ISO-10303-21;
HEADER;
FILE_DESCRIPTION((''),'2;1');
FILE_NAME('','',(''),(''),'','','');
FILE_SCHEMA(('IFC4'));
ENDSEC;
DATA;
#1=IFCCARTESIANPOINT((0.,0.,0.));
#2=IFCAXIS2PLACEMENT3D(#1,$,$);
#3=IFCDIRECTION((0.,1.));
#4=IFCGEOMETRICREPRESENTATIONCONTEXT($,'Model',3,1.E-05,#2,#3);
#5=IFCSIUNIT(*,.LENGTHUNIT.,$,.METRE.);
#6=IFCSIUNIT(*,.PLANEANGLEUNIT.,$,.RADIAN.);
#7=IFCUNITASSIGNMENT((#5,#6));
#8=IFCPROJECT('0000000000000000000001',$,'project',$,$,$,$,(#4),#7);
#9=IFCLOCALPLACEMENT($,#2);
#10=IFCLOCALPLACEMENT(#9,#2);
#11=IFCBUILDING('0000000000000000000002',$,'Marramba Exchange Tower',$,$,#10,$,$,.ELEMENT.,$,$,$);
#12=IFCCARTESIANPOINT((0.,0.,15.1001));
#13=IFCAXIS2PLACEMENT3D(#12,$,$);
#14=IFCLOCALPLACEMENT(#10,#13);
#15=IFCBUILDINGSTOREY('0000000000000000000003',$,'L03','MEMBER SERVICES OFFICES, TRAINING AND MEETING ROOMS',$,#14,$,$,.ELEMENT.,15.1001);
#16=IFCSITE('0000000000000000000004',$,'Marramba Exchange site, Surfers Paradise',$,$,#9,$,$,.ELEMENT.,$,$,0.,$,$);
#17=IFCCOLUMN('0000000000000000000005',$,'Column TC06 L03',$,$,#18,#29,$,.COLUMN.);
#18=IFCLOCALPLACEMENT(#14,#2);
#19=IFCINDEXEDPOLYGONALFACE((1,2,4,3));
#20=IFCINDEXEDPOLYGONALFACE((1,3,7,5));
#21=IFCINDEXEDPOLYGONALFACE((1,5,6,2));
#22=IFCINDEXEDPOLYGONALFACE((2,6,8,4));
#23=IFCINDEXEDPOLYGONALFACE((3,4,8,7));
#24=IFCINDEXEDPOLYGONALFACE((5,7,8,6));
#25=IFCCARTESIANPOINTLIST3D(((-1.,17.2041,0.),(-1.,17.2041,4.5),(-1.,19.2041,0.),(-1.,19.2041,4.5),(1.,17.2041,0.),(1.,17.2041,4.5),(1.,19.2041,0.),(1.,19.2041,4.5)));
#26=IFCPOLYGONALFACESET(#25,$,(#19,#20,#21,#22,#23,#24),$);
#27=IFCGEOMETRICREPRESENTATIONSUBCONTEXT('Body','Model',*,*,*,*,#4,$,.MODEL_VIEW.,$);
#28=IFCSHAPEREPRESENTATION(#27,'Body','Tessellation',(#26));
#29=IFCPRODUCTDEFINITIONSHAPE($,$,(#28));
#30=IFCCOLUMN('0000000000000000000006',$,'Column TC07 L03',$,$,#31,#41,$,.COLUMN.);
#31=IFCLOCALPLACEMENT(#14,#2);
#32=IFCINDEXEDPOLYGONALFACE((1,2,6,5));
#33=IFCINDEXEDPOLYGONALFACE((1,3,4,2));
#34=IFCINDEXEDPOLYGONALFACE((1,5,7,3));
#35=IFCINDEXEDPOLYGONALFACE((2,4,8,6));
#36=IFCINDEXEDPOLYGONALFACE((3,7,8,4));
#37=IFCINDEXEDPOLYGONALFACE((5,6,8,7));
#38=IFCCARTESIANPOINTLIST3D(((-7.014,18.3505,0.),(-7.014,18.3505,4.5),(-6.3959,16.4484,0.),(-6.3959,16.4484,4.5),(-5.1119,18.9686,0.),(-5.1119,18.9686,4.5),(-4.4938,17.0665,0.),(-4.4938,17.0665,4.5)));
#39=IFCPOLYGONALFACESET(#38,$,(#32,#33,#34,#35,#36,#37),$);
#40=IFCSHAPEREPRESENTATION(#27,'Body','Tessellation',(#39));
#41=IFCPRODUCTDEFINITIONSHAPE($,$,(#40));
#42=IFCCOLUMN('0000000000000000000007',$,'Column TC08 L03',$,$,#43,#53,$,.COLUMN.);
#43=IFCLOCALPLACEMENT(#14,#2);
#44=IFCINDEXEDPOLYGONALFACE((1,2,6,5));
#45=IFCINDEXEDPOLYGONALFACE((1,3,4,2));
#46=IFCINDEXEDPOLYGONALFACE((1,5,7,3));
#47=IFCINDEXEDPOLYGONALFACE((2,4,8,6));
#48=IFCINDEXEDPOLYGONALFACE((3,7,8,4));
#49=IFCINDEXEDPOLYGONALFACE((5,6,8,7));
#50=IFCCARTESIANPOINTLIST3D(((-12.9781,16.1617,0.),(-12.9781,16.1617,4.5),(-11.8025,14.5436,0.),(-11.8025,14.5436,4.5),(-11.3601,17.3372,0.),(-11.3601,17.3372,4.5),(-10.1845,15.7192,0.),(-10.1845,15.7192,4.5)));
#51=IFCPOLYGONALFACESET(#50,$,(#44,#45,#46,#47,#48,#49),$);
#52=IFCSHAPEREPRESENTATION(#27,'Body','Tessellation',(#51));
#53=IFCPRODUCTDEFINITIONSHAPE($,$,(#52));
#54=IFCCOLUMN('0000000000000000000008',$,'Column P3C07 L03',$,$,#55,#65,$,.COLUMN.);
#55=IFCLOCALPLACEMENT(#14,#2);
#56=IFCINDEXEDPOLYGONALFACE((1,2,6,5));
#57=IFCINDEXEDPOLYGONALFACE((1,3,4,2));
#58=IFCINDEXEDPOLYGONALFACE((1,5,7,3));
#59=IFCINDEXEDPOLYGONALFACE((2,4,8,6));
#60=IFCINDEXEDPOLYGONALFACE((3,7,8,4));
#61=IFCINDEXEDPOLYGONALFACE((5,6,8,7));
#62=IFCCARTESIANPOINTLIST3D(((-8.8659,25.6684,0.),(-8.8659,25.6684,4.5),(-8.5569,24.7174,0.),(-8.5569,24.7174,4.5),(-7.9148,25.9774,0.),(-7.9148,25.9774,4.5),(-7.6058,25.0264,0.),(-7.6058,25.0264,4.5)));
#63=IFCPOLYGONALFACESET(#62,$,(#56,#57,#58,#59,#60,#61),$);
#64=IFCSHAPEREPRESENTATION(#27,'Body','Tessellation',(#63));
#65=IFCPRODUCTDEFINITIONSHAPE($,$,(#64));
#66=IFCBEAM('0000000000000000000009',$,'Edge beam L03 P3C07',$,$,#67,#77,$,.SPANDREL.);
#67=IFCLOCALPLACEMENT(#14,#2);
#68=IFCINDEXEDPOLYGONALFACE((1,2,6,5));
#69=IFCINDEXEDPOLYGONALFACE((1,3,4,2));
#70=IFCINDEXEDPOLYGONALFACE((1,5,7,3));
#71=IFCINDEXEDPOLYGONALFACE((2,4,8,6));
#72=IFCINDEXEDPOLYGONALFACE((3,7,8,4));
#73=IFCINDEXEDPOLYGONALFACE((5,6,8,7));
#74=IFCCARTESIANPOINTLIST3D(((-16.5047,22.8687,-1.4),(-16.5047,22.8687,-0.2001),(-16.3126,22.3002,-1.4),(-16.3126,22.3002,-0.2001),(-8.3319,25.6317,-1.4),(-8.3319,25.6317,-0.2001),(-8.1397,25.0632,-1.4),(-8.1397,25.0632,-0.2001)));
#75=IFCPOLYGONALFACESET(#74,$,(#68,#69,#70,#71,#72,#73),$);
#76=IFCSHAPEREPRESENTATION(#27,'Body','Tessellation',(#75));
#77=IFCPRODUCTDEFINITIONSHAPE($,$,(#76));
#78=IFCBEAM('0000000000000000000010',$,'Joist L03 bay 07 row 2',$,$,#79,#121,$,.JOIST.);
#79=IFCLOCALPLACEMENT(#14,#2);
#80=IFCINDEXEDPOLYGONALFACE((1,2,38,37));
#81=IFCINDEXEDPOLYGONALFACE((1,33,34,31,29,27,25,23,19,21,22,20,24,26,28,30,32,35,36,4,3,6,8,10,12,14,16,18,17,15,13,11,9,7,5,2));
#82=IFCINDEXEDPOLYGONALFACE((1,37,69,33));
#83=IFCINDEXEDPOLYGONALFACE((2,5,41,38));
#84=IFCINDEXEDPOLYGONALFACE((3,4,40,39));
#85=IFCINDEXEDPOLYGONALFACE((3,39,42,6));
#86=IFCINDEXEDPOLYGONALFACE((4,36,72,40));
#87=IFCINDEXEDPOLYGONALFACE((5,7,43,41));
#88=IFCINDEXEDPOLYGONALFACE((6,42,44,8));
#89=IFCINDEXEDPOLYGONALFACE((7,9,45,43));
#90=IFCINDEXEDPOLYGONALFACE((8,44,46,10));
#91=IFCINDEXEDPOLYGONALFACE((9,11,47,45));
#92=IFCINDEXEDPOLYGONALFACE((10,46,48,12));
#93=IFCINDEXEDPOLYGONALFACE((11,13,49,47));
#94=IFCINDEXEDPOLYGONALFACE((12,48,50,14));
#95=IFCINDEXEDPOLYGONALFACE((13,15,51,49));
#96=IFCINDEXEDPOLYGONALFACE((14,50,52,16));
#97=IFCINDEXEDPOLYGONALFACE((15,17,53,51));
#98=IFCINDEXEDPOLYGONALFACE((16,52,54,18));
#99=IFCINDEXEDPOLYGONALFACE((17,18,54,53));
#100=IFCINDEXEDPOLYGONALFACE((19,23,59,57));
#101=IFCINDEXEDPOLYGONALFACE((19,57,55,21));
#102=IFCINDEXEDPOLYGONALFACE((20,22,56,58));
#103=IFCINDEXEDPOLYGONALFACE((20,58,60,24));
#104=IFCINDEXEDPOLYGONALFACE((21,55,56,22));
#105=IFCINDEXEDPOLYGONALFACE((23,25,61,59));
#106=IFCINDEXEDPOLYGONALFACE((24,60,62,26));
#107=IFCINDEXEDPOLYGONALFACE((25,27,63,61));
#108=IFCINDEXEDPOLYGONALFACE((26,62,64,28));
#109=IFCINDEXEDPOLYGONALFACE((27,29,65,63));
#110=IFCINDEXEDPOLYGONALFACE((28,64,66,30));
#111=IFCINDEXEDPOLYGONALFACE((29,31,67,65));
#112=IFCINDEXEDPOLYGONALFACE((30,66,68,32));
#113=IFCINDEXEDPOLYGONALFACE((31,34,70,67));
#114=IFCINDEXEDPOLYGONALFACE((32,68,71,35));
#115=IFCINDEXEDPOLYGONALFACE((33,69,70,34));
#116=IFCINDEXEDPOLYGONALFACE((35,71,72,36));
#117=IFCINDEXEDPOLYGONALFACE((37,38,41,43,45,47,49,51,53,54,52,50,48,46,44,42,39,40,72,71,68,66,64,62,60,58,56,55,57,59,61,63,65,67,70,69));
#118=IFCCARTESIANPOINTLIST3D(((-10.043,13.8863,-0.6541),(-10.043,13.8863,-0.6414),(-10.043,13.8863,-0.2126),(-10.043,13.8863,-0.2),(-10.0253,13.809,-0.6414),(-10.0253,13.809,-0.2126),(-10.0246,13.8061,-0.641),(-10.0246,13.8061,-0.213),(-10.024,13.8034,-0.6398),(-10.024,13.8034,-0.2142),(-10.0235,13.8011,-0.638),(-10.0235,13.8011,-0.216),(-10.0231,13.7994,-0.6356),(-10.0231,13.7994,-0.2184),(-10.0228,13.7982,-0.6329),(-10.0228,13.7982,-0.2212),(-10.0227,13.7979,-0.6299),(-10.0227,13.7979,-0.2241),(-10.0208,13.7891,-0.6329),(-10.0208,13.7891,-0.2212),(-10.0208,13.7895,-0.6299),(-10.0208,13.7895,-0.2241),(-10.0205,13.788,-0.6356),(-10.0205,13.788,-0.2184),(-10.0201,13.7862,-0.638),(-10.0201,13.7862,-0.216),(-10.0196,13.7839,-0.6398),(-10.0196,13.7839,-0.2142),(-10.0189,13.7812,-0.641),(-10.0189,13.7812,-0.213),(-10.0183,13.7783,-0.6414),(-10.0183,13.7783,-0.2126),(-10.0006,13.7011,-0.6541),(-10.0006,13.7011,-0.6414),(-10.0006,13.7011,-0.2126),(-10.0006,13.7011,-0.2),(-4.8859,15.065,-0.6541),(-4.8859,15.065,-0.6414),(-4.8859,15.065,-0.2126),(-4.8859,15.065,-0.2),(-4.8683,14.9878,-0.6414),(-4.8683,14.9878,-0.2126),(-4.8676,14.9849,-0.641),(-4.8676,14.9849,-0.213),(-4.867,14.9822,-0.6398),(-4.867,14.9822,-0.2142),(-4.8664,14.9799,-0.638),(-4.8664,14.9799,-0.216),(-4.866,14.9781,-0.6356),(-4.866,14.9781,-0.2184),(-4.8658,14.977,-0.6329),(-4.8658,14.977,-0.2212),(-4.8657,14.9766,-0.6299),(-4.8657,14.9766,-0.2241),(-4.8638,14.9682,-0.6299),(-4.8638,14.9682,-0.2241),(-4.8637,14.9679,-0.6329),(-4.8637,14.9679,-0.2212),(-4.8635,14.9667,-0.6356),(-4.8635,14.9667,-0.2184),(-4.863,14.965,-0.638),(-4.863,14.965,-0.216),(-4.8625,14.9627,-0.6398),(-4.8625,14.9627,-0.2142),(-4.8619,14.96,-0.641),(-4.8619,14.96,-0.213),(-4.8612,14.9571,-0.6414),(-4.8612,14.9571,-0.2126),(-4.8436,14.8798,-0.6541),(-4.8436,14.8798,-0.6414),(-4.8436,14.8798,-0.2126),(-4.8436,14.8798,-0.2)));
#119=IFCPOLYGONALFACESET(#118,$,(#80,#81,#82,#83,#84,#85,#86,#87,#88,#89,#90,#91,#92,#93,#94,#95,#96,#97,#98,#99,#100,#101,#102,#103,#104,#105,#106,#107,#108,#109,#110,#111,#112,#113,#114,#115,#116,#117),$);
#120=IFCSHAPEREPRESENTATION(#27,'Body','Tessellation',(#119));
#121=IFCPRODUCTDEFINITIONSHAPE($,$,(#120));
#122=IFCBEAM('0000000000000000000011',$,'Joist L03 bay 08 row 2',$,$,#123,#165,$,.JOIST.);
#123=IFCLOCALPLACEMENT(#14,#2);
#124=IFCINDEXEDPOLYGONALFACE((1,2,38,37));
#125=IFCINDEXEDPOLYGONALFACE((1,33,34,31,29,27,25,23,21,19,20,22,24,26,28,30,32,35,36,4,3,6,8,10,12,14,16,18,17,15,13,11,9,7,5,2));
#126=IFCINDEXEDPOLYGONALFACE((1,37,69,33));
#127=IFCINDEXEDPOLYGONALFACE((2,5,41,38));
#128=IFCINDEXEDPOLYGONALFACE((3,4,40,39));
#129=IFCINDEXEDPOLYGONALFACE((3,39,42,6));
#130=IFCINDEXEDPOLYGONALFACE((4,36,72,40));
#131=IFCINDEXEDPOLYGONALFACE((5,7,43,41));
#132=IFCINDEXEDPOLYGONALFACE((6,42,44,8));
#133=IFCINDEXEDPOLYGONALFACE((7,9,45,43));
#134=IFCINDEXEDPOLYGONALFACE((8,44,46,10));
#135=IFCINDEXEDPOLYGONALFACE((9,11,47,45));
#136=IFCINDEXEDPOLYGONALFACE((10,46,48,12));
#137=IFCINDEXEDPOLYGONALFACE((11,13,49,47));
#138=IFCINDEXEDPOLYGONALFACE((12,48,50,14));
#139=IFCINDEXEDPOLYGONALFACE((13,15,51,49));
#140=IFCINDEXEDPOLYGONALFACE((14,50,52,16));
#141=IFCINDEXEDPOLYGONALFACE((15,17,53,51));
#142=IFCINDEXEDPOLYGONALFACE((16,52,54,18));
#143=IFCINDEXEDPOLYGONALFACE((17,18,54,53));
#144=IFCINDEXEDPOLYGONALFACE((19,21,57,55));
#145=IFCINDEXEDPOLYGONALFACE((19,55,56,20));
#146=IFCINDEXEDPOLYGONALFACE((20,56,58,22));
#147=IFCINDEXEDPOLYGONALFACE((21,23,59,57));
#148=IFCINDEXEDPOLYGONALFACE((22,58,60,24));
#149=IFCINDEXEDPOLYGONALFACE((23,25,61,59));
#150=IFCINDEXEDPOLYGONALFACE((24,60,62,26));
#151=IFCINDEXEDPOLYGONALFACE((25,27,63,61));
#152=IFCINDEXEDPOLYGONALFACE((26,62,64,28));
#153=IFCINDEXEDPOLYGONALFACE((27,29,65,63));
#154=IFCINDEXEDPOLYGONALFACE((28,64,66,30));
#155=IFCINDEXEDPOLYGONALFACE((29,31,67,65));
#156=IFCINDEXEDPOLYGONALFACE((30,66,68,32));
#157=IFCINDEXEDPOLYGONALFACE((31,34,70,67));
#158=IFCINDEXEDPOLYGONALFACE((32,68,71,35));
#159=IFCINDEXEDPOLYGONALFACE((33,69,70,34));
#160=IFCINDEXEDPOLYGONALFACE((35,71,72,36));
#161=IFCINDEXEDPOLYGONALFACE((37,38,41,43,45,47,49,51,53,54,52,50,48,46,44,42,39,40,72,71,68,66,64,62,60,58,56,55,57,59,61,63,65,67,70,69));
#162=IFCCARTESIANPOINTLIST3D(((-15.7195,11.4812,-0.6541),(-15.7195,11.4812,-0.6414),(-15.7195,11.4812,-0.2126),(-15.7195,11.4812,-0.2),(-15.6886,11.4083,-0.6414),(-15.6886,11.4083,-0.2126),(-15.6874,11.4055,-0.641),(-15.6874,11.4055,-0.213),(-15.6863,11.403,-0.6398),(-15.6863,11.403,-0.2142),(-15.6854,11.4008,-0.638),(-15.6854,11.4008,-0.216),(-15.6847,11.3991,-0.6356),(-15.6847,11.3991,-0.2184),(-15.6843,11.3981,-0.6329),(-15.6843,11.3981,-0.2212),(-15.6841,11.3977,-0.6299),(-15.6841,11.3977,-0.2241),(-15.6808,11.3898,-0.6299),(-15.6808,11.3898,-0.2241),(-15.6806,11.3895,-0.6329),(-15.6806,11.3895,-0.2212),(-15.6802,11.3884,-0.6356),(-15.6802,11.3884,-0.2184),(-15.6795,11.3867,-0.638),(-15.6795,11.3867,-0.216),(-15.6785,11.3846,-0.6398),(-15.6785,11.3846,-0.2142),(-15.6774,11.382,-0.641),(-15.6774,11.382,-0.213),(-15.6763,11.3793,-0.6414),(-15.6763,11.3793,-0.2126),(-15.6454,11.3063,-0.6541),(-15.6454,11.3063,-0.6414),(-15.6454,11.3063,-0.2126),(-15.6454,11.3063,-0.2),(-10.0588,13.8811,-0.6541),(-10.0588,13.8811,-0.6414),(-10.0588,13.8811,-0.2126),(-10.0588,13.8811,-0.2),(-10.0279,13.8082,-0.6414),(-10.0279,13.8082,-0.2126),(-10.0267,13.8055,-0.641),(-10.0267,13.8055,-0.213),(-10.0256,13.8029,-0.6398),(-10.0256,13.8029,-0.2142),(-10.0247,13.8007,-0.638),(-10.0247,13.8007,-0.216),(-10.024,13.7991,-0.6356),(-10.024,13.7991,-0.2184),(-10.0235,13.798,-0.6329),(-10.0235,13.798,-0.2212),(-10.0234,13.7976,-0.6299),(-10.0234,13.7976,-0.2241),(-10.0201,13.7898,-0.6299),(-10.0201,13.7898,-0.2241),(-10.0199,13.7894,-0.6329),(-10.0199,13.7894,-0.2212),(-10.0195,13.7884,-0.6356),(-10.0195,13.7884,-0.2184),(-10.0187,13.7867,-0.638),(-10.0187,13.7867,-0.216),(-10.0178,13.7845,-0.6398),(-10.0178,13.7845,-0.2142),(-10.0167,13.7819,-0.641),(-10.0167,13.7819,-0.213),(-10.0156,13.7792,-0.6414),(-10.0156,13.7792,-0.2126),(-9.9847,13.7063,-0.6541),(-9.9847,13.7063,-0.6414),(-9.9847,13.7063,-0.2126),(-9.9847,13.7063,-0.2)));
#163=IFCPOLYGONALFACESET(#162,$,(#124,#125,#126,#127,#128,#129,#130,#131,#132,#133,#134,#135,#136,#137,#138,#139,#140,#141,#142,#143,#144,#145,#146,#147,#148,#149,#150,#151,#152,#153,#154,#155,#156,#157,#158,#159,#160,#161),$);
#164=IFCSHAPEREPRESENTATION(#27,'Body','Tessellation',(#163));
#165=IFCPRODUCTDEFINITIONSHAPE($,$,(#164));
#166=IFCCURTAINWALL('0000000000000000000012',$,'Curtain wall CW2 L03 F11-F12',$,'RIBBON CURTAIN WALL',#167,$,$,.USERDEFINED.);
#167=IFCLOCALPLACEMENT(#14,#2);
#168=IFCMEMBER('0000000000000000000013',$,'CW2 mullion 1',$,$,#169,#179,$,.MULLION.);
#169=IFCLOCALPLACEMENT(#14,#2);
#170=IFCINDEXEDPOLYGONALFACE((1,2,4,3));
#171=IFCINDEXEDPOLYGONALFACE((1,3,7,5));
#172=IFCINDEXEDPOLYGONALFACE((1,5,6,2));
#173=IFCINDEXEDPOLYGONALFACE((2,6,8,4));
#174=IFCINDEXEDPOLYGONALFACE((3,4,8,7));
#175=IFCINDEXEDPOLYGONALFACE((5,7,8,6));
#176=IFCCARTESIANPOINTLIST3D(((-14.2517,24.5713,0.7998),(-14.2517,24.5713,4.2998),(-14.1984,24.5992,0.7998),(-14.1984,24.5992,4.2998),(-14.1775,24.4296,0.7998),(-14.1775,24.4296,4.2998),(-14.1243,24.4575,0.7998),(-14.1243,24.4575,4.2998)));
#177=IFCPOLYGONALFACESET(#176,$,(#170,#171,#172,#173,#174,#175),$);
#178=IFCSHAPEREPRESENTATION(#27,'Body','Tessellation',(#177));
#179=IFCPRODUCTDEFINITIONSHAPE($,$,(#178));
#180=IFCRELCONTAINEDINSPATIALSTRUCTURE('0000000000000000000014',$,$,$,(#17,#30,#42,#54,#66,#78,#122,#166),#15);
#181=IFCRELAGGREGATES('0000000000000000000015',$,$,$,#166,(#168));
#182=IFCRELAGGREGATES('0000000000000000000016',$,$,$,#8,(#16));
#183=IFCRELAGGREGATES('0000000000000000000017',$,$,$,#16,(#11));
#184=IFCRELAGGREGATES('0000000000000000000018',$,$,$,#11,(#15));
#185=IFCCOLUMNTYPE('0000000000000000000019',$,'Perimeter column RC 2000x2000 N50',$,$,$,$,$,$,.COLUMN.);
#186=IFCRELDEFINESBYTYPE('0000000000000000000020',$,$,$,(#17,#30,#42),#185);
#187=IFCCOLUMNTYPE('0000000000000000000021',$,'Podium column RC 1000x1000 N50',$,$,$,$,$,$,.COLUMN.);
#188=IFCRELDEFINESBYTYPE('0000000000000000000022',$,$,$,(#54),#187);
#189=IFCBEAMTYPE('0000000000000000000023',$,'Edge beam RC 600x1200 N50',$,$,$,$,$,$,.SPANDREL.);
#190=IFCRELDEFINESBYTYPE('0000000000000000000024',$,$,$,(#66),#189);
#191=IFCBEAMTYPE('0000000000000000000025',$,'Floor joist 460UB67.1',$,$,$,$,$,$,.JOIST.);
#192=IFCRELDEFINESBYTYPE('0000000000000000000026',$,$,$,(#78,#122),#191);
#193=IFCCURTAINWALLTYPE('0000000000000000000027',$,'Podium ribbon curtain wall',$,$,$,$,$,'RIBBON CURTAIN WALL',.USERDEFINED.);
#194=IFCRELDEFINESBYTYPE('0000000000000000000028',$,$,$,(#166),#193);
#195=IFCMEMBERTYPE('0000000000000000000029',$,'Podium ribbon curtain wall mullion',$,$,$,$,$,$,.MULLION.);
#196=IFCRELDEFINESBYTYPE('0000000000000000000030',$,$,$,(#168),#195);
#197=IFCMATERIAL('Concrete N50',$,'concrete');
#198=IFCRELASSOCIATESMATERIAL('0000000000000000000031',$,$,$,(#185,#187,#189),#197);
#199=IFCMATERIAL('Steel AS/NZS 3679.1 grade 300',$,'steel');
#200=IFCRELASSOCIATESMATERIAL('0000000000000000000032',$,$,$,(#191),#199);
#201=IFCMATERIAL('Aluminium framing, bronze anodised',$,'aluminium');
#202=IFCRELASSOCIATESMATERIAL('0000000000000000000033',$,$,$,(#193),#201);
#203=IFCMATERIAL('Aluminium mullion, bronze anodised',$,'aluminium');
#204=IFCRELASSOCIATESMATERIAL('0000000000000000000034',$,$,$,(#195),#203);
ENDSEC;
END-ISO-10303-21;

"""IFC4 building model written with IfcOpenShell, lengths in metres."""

from ifc_helpers import new_model, si_unit, direction, frame, origin, origin_2d, place, context, subcontext, project, spatial, rectangle, i_section, extrude, material, material_profile, profile_set, type_object, element, aggregate, save


model = new_model("IFC4")

# Units and contexts
model_context = context("Model", 3, precision=1e-05, world=origin(), true_north=direction((0.0, 1.0)))
body_context = subcontext(model_context, "Body", "Model", "MODEL_VIEW")
ifc_project = project(units=[si_unit("LENGTHUNIT", "METRE"), si_unit("PLANEANGLEUNIT", "RADIAN")], contexts=[model_context])

# Site, building, storey
site_placement = place(None, origin())
site = spatial("IfcSite", under=ifc_project, at=site_placement, Name="Marramba Exchange site, Surfers Paradise", CompositionType="ELEMENT", RefElevation=0.0)
building_placement = place(site_placement, origin())
building = spatial("IfcBuilding", under=site, at=building_placement, Name="Marramba Exchange Tower", CompositionType="ELEMENT")
storey_placement = place(building_placement, frame((0.0, 0.0, 15.1001)))
storey = spatial("IfcBuildingStorey", under=building, at=storey_placement, Name="L03", Description="MEMBER SERVICES OFFICES, TRAINING AND MEETING ROOMS", CompositionType="ELEMENT", Elevation=15.1001)

# Columns
ifc_material_1 = material(Name="Concrete N50", Category="concrete")
ifc_material_profile_1 = material_profile(ifc_material_1, rectangle(XDim=2.0, YDim=2.0, at=origin_2d()), Name="RC 2000x2000")
ifc_profile_set_1 = profile_set([ifc_material_profile_1], Name="Concrete N50")
column_type_1 = type_object("IfcColumnType", Name="Perimeter column RC 2000x2000 N50", PredefinedType="COLUMN", material=ifc_profile_set_1)
for number, where, z_axis, x_axis, name in (
    (1, (0.0, 18.2041, 0.0), (0.0, 0.0, 1.0), (0.0, 1.0, 0.0), "Column TC06 L03"),
    (2, (-5.7539, 17.7085, 0.0), (0.0, 0.0, 1.0), (-0.309017, 0.951057, 0.0), "Column TC07 L03"),
    (3, (-11.5813, 15.9404, 0.0), (0.0, 0.0, 1.0), (-0.587785, 0.809017, 0.0), "Column TC08 L03"),
):
    element("IfcColumn", number, at=place(storey_placement, frame(where, z_axis=z_axis, x_axis=x_axis)), inside=storey, type_object=column_type_1, Name=name, PredefinedType="COLUMN", context=body_context, shape_type="SweptSolid", body=[
        extrude(rectangle(XDim=2.0, YDim=2.0, at=origin_2d()), origin(), (0.0, 0.0, 1.0), 4.5),
    ])
ifc_material_profile_2 = material_profile(ifc_material_1, rectangle(XDim=1.0, YDim=1.0, at=origin_2d()), Name="RC 1000x1000")
ifc_profile_set_2 = profile_set([ifc_material_profile_2], Name="Concrete N50")
column_type_2 = type_object("IfcColumnType", Name="Podium column RC 1000x1000 N50", PredefinedType="COLUMN", material=ifc_profile_set_2)
column_placement = place(storey_placement, frame((-8.2358, 25.3474, 0.0), z_axis=(0.0, 0.0, 1.0), x_axis=(-0.309017, 0.951057, 0.0)))
element("IfcColumn", 4, at=column_placement, inside=storey, type_object=column_type_2, Name="Column P3C07 L03", PredefinedType="COLUMN", context=body_context, shape_type="SweptSolid", body=[
    extrude(rectangle(XDim=1.0, YDim=1.0, at=origin_2d()), origin(), (0.0, 0.0, 1.0), 4.5),
])

# Beams
ifc_material_profile_3 = material_profile(ifc_material_1, rectangle(XDim=0.6001, YDim=1.2, at=origin_2d()), Name="RC 600x1200")
ifc_profile_set_3 = profile_set([ifc_material_profile_3], Name="Concrete N50")
beam_type_1 = type_object("IfcBeamType", Name="Edge beam RC 600x1200 N50", PredefinedType="SPANDREL", material=ifc_profile_set_3)
beam_1_placement = place(storey_placement, frame((-8.2358, 25.3474, -0.8), z_axis=(-0.947331, -0.320257, 0.0), x_axis=(0.320257, -0.947331, 0.0)))
element("IfcBeam", 5, at=beam_1_placement, inside=storey, type_object=beam_type_1, Name="Edge beam L03 P3C07", PredefinedType="SPANDREL", context=body_context, shape_type="SweptSolid", body=[
    extrude(rectangle(XDim=0.6001, YDim=1.2, at=origin_2d()), origin(), (0.0, 0.0, 1.0), 8.6272),
])
ifc_material_2 = material(Name="Steel AS/NZS 3679.1 grade 300", Category="steel")
ifc_material_profile_4 = material_profile(ifc_material_2, i_section(OverallWidth=0.1899, OverallDepth=0.4541, WebThickness=0.0085, FlangeThickness=0.0127, FilletRadius=0.0115, at=origin_2d()), Name="460UB67.1")
ifc_profile_set_4 = profile_set([ifc_material_profile_4], Name="Steel AS/NZS 3679.1 grade 300")
beam_type_2 = type_object("IfcBeamType", Name="Floor joist 460UB67.1", PredefinedType="JOIST", material=ifc_profile_set_4)
beam_2_placement = place(storey_placement, frame((-4.8647, 14.9724, -0.427), z_axis=(-0.97486, -0.22282, 0.0), x_axis=(0.22282, -0.97486, 0.0)))
element("IfcBeam", 6, at=beam_2_placement, inside=storey, type_object=beam_type_2, Name="Joist L03 bay 07 row 2", PredefinedType="JOIST", context=body_context, shape_type="SweptSolid", body=[
    extrude(i_section(OverallWidth=0.1899, OverallDepth=0.4541, WebThickness=0.0085, FlangeThickness=0.0127, FilletRadius=0.0115, at=origin_2d()), origin(), (0.0, 0.0, 1.0), 5.29),
])
beam_3_placement = place(storey_placement, frame((-10.0217, 13.7937, -0.427), z_axis=(-0.920674, -0.390332, 0.0), x_axis=(0.390332, -0.920674, 0.0)))
element("IfcBeam", 7, at=beam_3_placement, inside=storey, type_object=beam_type_2, Name="Joist L03 bay 08 row 2", PredefinedType="JOIST", context=body_context, shape_type="SweptSolid", body=[
    extrude(i_section(OverallWidth=0.1899, OverallDepth=0.4541, WebThickness=0.0085, FlangeThickness=0.0127, FilletRadius=0.0115, at=origin_2d()), origin(), (0.0, 0.0, 1.0), 6.1484),
])

# Curtain wall, member
ifc_material_3 = material(Name="Aluminium framing, bronze anodised", Category="aluminium")
curtain_wall_type = type_object("IfcCurtainWallType", Name="Podium ribbon curtain wall", ElementType="RIBBON CURTAIN WALL", PredefinedType="USERDEFINED", material=ifc_material_3)
curtain_wall_placement = place(storey_placement, origin())
curtain_wall = element("IfcCurtainWall", 8, at=curtain_wall_placement, inside=storey, type_object=curtain_wall_type, Name="Curtain wall CW2 L03 F11-F12", ObjectType="RIBBON CURTAIN WALL", PredefinedType="USERDEFINED")
ifc_material_4 = material(Name="Aluminium mullion, bronze anodised", Category="aluminium")
ifc_material_profile_5 = material_profile(ifc_material_4, rectangle(XDim=0.1599, YDim=0.0601, at=origin_2d()), Name="CW2 mullion 60x160")
ifc_profile_set_5 = profile_set([ifc_material_profile_5], Name="Aluminium mullion, bronze anodised")
member_type = type_object("IfcMemberType", Name="Podium ribbon curtain wall mullion", PredefinedType="MULLION", material=ifc_profile_set_5)
member_placement = place(storey_placement, frame((-14.188, 24.5144, 0.7998), z_axis=(0.0, 0.0, 1.0), x_axis=(0.463567, -0.886062, 0.0)))
member = element("IfcMember", 9, at=member_placement, type_object=member_type, Name="CW2 mullion 1", PredefinedType="MULLION", context=body_context, shape_type="SweptSolid", body=[
    extrude(rectangle(XDim=0.1599, YDim=0.0601, at=origin_2d()), origin(), (0.0, 0.0, 1.0), 3.5),
])
aggregate(curtain_wall, [member])

save(model, "model.ifc")
